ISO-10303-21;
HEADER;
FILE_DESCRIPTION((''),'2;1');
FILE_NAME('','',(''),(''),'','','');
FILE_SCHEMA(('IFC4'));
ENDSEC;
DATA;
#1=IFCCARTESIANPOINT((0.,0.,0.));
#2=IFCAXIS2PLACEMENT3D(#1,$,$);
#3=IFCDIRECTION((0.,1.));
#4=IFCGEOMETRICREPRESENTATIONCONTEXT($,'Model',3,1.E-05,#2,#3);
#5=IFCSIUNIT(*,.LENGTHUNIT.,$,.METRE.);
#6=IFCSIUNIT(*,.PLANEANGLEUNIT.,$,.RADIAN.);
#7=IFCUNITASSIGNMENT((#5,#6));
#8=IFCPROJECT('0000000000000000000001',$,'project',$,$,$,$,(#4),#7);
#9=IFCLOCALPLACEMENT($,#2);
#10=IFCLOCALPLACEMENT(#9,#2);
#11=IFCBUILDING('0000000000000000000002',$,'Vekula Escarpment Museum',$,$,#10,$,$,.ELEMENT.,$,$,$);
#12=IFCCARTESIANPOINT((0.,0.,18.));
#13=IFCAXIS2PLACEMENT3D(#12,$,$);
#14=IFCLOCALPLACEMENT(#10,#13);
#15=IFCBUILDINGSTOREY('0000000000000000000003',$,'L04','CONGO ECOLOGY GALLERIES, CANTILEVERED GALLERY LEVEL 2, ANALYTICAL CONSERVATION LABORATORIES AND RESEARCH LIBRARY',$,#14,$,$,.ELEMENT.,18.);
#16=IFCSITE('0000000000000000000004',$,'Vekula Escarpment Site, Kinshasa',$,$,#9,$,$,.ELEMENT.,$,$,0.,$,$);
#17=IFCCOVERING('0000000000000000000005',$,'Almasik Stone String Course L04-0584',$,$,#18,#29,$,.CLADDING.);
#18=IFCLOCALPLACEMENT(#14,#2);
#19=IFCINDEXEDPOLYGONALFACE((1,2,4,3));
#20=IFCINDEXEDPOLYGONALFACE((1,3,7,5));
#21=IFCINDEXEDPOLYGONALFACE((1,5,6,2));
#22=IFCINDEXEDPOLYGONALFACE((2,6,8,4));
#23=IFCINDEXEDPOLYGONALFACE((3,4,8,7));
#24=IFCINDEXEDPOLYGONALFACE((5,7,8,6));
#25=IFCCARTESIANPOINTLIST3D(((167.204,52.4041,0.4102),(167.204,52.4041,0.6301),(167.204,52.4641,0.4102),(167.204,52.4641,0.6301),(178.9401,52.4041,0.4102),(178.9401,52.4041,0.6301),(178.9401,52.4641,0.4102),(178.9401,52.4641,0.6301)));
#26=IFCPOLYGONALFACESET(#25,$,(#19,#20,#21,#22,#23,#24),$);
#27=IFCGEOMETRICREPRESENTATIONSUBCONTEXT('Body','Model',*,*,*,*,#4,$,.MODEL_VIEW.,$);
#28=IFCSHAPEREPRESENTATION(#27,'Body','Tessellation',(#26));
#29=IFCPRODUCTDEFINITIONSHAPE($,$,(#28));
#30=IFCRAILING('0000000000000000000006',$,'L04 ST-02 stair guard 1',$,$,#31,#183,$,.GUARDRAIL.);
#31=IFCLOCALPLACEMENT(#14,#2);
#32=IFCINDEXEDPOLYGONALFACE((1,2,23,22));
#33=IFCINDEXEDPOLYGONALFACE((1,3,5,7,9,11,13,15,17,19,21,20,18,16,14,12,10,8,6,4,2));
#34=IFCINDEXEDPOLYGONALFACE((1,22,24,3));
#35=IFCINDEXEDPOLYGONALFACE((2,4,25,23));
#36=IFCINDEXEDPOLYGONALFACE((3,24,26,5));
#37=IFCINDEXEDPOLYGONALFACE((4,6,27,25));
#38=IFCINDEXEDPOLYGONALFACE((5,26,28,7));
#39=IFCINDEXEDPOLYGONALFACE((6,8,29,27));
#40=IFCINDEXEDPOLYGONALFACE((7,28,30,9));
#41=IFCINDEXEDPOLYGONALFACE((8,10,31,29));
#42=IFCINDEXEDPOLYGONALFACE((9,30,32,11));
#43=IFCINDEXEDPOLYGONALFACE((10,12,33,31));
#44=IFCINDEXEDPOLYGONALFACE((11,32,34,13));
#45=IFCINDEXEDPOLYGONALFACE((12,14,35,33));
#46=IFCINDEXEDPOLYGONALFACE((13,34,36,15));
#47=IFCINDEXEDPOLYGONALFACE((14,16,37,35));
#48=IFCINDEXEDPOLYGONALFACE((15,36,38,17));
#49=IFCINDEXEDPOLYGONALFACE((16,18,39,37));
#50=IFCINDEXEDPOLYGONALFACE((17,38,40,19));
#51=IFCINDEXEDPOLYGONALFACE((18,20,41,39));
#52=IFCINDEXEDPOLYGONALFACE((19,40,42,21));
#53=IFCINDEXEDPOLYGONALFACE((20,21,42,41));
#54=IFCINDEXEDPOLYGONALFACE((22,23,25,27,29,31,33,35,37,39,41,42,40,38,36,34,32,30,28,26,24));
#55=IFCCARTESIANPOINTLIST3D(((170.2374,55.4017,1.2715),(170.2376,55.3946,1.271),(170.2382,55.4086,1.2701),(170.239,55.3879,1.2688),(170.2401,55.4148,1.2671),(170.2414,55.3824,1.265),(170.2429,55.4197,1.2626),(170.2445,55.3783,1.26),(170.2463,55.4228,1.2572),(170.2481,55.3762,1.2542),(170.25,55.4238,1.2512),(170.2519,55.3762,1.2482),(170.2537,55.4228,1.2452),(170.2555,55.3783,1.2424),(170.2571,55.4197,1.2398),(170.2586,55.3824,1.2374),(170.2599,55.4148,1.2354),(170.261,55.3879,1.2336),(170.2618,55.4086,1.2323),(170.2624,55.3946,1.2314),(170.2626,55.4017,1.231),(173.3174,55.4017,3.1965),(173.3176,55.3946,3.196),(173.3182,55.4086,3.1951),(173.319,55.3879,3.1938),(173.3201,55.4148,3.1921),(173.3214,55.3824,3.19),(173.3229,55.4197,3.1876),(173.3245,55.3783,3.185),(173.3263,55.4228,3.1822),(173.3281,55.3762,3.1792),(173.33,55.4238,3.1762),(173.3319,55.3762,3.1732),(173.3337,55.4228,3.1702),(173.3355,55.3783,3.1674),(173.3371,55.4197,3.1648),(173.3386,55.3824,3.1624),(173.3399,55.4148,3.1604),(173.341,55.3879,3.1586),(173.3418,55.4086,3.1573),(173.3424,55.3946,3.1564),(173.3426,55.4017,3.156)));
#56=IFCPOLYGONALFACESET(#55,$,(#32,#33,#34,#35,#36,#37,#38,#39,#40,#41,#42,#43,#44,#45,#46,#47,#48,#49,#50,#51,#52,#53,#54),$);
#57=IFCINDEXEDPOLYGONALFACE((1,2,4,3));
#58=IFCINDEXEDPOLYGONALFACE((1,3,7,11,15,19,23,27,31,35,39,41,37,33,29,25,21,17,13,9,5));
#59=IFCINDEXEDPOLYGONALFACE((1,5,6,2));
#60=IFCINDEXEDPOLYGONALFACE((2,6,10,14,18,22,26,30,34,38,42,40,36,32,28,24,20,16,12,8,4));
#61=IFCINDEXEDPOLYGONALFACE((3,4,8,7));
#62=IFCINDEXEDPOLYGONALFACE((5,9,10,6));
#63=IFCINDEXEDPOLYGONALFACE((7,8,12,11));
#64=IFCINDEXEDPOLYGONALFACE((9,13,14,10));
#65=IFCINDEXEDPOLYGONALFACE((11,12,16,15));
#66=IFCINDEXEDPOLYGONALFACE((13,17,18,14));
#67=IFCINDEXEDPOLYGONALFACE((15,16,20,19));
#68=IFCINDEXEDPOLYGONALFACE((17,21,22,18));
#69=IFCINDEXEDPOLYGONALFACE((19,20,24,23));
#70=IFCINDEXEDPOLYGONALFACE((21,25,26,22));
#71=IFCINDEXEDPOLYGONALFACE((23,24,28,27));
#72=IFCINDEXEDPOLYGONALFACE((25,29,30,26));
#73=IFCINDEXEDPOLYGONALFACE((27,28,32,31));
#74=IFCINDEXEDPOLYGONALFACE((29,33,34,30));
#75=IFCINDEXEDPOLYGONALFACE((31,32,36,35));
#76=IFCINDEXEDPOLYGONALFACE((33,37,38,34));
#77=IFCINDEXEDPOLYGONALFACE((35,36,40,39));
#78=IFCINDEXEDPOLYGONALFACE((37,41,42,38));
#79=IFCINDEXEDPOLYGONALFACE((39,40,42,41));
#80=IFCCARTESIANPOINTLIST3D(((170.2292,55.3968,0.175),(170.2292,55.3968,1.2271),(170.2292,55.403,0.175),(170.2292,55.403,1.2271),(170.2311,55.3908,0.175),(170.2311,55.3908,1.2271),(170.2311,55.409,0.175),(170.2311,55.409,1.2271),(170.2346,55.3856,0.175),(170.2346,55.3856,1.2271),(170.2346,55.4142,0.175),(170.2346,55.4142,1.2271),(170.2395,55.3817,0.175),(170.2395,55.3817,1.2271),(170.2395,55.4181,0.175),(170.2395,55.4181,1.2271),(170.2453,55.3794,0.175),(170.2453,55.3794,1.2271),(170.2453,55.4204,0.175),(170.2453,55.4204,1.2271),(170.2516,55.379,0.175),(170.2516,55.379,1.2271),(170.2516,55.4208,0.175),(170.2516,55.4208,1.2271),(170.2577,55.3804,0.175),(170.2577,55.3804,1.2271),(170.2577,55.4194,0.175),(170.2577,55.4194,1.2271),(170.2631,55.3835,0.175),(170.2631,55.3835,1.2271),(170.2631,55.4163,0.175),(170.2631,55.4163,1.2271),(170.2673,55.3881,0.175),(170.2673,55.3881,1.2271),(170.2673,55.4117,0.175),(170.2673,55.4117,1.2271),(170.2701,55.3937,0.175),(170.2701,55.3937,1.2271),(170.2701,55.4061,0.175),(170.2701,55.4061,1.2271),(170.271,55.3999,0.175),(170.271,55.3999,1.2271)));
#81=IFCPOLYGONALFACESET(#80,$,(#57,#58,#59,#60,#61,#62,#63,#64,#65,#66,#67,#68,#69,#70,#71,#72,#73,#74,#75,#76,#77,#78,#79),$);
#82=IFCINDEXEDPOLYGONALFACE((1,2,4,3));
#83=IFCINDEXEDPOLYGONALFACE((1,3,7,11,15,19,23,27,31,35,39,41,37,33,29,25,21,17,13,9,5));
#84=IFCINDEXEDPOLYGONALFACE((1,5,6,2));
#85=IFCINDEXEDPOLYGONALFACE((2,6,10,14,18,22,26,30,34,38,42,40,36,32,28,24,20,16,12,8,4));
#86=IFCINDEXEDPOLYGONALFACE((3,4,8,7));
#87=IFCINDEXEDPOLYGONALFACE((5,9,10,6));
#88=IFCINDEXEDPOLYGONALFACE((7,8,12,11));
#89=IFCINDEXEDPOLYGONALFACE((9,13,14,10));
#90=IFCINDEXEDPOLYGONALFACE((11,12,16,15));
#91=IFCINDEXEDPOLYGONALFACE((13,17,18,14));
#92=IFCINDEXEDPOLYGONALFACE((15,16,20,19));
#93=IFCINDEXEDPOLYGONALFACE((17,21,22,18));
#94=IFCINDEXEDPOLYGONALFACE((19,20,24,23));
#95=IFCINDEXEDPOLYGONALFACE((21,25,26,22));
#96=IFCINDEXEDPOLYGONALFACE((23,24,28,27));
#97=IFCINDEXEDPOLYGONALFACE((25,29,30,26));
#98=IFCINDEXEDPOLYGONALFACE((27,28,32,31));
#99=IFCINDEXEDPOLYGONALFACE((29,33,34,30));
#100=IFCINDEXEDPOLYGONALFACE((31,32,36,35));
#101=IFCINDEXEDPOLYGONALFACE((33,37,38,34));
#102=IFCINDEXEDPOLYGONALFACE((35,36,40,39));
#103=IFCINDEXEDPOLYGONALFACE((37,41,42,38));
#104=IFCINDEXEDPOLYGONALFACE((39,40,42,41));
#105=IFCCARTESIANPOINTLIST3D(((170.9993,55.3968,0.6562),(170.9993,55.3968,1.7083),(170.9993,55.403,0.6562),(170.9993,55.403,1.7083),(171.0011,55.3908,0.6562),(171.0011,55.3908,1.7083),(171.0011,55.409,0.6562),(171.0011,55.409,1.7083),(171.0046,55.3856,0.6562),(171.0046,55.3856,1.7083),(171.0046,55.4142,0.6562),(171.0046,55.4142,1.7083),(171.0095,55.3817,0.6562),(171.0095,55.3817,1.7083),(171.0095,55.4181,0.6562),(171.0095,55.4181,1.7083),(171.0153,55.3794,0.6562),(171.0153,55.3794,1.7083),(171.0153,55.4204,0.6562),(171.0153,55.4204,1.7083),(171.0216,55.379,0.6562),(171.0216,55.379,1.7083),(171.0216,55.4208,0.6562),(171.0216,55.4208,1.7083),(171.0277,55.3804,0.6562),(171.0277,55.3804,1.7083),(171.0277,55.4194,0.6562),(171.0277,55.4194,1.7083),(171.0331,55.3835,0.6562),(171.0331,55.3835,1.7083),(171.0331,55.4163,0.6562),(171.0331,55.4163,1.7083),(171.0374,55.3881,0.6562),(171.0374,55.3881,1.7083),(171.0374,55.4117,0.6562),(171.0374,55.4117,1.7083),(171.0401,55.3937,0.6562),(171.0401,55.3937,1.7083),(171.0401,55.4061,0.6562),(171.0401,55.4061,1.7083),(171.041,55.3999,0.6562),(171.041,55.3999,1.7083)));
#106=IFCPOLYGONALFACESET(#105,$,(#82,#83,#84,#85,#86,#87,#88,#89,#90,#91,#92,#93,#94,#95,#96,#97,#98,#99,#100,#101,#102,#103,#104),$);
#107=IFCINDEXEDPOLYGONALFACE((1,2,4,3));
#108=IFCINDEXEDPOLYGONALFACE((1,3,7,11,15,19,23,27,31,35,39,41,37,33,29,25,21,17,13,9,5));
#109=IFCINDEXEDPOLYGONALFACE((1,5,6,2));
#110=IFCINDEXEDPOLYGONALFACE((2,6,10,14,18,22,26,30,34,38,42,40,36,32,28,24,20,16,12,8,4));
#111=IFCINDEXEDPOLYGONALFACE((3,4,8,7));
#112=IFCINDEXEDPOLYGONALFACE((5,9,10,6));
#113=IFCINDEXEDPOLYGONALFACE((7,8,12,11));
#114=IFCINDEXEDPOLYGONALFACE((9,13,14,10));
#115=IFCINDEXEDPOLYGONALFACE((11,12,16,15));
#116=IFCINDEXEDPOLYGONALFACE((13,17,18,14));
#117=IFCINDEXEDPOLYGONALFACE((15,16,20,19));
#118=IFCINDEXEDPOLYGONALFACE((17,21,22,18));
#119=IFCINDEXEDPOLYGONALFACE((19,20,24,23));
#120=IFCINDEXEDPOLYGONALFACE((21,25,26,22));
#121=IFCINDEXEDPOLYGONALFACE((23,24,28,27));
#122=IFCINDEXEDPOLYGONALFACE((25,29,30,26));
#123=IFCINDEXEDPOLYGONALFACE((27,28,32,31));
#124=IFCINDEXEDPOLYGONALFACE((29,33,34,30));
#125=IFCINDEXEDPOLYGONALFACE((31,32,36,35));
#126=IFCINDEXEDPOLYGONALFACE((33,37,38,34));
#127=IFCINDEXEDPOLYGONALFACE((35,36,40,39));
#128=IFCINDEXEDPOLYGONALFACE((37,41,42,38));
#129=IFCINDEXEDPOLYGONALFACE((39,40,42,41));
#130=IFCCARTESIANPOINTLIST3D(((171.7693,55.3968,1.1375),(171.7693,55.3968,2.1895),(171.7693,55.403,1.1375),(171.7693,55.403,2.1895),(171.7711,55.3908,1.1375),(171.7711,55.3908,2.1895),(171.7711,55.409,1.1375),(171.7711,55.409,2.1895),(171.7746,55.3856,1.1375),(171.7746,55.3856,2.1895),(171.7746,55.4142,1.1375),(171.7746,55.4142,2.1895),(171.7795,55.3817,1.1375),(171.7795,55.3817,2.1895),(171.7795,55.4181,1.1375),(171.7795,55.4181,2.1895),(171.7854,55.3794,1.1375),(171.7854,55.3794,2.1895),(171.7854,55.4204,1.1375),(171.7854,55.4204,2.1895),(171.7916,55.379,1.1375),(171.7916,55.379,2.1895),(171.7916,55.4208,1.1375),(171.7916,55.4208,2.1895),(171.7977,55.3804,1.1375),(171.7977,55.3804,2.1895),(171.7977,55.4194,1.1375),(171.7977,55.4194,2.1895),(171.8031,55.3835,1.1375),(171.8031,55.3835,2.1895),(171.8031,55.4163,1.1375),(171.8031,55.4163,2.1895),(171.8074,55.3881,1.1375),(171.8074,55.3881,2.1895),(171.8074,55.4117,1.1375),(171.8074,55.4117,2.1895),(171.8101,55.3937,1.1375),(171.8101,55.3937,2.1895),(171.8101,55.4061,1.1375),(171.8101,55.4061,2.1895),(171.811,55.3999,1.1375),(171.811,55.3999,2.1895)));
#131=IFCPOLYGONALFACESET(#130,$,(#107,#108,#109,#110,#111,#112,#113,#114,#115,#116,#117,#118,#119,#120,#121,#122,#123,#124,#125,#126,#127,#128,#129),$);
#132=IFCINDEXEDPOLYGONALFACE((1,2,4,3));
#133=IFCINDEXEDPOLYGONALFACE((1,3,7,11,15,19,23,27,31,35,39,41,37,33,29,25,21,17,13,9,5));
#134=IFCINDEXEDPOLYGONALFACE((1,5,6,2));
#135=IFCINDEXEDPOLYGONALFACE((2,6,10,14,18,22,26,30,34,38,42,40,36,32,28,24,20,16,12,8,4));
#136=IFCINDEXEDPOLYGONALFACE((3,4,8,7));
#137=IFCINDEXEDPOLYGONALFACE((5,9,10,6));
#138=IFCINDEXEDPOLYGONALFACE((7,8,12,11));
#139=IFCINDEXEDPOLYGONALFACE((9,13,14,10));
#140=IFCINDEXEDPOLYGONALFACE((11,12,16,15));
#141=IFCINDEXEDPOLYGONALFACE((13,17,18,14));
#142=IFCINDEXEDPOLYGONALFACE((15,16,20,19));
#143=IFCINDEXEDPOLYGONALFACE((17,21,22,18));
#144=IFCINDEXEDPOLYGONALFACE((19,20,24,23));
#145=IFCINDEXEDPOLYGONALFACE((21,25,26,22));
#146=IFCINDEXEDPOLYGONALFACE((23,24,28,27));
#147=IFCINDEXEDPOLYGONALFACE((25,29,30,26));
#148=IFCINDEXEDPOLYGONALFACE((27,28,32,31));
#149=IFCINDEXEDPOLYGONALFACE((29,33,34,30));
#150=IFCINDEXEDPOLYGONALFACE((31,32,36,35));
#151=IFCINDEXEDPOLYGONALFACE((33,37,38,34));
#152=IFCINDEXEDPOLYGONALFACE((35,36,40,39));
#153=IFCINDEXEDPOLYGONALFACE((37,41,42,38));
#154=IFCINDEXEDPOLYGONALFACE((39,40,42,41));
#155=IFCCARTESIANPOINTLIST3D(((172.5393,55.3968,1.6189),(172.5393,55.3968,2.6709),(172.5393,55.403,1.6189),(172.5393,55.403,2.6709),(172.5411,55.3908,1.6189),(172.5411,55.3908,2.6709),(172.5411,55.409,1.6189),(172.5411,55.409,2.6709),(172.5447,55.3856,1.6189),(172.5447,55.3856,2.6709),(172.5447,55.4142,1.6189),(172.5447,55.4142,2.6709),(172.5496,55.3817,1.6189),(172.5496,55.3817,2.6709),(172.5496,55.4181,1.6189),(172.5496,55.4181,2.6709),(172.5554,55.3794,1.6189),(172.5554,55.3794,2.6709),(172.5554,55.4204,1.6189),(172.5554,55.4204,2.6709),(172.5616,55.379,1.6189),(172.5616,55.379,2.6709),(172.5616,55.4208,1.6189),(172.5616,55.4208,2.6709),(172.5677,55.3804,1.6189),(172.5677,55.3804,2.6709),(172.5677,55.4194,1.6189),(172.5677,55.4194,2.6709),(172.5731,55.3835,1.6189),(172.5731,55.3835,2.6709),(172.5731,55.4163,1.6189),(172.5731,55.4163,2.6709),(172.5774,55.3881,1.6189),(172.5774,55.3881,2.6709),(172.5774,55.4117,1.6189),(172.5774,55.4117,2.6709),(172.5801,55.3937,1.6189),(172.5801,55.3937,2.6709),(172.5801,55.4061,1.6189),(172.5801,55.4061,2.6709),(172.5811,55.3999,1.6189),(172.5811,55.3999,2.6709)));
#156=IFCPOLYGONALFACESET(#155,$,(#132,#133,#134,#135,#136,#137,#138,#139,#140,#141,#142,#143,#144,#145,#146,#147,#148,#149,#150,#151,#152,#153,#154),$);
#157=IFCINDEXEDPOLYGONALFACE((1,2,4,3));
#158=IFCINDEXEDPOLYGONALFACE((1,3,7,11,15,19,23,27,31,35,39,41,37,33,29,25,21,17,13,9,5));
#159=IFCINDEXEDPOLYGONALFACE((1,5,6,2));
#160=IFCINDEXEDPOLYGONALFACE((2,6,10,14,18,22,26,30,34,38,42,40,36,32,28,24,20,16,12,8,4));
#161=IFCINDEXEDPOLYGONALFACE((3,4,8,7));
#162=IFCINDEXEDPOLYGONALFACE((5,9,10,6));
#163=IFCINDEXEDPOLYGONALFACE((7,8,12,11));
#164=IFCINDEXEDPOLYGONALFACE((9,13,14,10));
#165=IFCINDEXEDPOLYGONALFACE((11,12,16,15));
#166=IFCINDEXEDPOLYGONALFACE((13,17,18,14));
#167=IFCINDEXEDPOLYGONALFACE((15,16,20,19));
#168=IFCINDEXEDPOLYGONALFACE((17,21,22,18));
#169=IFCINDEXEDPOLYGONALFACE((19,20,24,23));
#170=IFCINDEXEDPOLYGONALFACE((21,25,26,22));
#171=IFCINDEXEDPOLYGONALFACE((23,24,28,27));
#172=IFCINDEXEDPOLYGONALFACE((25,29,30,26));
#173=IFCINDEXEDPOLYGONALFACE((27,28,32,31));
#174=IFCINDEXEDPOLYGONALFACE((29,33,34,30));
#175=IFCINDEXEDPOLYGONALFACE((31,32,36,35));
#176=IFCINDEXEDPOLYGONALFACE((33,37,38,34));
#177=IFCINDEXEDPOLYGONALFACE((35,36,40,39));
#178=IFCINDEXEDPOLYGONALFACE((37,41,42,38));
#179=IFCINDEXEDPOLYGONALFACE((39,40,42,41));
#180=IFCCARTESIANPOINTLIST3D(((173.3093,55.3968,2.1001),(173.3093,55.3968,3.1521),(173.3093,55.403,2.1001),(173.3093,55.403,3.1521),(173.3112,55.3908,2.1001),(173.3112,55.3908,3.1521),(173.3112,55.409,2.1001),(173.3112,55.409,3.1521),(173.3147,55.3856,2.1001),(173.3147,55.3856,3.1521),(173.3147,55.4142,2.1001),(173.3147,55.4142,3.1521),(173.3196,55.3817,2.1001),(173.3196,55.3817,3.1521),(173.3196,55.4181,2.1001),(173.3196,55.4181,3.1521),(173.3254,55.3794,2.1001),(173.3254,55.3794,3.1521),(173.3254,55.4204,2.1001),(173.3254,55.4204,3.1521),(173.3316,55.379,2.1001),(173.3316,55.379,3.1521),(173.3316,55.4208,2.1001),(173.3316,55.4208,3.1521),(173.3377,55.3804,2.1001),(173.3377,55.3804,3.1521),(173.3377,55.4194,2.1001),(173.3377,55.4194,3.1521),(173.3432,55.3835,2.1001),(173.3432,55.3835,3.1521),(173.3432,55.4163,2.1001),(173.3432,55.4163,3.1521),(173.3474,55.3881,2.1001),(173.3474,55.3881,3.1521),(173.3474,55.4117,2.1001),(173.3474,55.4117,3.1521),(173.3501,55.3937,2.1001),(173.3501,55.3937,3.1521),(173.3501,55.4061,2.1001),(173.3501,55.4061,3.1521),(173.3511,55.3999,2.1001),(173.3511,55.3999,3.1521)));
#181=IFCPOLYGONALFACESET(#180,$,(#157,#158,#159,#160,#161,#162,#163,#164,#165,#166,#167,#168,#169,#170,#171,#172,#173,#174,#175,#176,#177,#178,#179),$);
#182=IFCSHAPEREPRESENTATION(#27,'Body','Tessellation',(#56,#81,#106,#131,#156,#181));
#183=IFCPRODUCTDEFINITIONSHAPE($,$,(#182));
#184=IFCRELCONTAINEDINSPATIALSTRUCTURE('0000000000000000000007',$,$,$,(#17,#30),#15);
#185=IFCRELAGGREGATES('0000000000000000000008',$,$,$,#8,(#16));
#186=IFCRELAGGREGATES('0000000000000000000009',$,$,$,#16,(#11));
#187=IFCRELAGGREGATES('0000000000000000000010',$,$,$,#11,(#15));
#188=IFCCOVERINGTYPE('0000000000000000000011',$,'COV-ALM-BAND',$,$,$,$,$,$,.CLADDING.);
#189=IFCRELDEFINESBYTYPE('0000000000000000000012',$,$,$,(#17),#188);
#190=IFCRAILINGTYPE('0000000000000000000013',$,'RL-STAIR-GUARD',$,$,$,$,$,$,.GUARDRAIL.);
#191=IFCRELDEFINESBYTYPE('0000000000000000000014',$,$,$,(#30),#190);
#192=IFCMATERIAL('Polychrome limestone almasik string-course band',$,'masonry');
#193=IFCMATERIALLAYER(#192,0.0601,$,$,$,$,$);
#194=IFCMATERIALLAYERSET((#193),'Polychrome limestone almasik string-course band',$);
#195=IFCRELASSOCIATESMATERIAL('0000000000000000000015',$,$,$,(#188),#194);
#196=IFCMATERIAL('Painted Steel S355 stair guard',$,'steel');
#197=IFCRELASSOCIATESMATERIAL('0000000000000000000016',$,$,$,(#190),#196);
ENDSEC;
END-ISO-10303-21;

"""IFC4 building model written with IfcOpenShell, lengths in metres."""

from ifc_helpers import new_model, si_unit, direction, frame, origin, origin_2d, place, context, subcontext, project, spatial, rectangle, circle, extrude, material, layer, layer_set, type_object, element, save


model = new_model("IFC4")

# Units and contexts
model_context = context("Model", 3, precision=1e-05, world=origin(), true_north=direction((0.0, 1.0)))
body_context = subcontext(model_context, "Body", "Model", "MODEL_VIEW")
ifc_project = project(units=[si_unit("LENGTHUNIT", "METRE"), si_unit("PLANEANGLEUNIT", "RADIAN")], contexts=[model_context])

# Site, building, storey
site_placement = place(None, origin())
site = spatial("IfcSite", under=ifc_project, at=site_placement, Name="Vekula Escarpment Site, Kinshasa", CompositionType="ELEMENT", RefElevation=0.0)
building_placement = place(site_placement, origin())
building = spatial("IfcBuilding", under=site, at=building_placement, Name="Vekula Escarpment Museum", CompositionType="ELEMENT")
storey_placement = place(building_placement, frame((0.0, 0.0, 18.0)))
storey = spatial("IfcBuildingStorey", under=building, at=storey_placement, Name="L04", Description="CONGO ECOLOGY GALLERIES, CANTILEVERED GALLERY LEVEL 2, ANALYTICAL CONSERVATION LABORATORIES AND RESEARCH LIBRARY", CompositionType="ELEMENT", Elevation=18.0)

# Covering
ifc_material_1 = material(Name="Polychrome limestone almasik string-course band", Category="masonry")
ifc_layer_1 = layer(ifc_material_1, 0.0601)
ifc_layer_set_1 = layer_set([ifc_layer_1], Name="Polychrome limestone almasik string-course band")
covering_type = type_object("IfcCoveringType", Name="COV-ALM-BAND", PredefinedType="CLADDING", material=ifc_layer_set_1)
covering_placement = place(storey_placement, frame((173.072, 52.4341, 0.4102), z_axis=(0.0, 0.0, 1.0), x_axis=(1.0, 0.0, 0.0)))
element("IfcCovering", 1, at=covering_placement, inside=storey, type_object=covering_type, Name="Almasik Stone String Course L04-0584", PredefinedType="CLADDING", context=body_context, shape_type="SweptSolid", body=[
    extrude(rectangle(XDim=11.7361, YDim=0.0601, at=origin_2d()), origin(), (0.0, 0.0, 1.0), 0.22),
])

# Railing
ifc_material_2 = material(Name="Painted Steel S355 stair guard", Category="steel")
railing_type_1 = type_object("IfcRailingType", Name="RL-STAIR-GUARD", PredefinedType="GUARDRAIL", material=ifc_material_2)
railing_1_placement = place(storey_placement, frame((170.25, 55.3999, 0.175)))
element("IfcRailing", 2, at=railing_1_placement, inside=storey, type_object=railing_type_1, Name="L04 ST-02 stair guard 1", PredefinedType="GUARDRAIL", context=body_context, shape_type="SweptSolid", body=[
    extrude(circle(Radius=0.0239, at=origin_2d()), frame((0.0, 0.0, 1.0762), z_axis=(0.847998, 0.0, 0.529999), x_axis=(0.0, 1.0, 0.0)), (0.0, 0.0, 1.0), 3.6321),
    extrude(circle(Radius=0.021, at=origin_2d()), origin(), (0.0, 0.0, 1.0), 1.052),
    extrude(circle(Radius=0.021, at=origin_2d()), frame((0.77, 0.0, 0.4812)), (0.0, 0.0, 1.0), 1.052),
    extrude(circle(Radius=0.021, at=origin_2d()), frame((1.54, 0.0, 0.9624)), (0.0, 0.0, 1.0), 1.052),
    extrude(circle(Radius=0.021, at=origin_2d()), frame((2.3101, 0.0, 1.4438)), (0.0, 0.0, 1.0), 1.052),
    extrude(circle(Radius=0.021, at=origin_2d()), frame((3.0801, 0.0, 1.925)), (0.0, 0.0, 1.0), 1.052),
])

save(model, "model.ifc")
